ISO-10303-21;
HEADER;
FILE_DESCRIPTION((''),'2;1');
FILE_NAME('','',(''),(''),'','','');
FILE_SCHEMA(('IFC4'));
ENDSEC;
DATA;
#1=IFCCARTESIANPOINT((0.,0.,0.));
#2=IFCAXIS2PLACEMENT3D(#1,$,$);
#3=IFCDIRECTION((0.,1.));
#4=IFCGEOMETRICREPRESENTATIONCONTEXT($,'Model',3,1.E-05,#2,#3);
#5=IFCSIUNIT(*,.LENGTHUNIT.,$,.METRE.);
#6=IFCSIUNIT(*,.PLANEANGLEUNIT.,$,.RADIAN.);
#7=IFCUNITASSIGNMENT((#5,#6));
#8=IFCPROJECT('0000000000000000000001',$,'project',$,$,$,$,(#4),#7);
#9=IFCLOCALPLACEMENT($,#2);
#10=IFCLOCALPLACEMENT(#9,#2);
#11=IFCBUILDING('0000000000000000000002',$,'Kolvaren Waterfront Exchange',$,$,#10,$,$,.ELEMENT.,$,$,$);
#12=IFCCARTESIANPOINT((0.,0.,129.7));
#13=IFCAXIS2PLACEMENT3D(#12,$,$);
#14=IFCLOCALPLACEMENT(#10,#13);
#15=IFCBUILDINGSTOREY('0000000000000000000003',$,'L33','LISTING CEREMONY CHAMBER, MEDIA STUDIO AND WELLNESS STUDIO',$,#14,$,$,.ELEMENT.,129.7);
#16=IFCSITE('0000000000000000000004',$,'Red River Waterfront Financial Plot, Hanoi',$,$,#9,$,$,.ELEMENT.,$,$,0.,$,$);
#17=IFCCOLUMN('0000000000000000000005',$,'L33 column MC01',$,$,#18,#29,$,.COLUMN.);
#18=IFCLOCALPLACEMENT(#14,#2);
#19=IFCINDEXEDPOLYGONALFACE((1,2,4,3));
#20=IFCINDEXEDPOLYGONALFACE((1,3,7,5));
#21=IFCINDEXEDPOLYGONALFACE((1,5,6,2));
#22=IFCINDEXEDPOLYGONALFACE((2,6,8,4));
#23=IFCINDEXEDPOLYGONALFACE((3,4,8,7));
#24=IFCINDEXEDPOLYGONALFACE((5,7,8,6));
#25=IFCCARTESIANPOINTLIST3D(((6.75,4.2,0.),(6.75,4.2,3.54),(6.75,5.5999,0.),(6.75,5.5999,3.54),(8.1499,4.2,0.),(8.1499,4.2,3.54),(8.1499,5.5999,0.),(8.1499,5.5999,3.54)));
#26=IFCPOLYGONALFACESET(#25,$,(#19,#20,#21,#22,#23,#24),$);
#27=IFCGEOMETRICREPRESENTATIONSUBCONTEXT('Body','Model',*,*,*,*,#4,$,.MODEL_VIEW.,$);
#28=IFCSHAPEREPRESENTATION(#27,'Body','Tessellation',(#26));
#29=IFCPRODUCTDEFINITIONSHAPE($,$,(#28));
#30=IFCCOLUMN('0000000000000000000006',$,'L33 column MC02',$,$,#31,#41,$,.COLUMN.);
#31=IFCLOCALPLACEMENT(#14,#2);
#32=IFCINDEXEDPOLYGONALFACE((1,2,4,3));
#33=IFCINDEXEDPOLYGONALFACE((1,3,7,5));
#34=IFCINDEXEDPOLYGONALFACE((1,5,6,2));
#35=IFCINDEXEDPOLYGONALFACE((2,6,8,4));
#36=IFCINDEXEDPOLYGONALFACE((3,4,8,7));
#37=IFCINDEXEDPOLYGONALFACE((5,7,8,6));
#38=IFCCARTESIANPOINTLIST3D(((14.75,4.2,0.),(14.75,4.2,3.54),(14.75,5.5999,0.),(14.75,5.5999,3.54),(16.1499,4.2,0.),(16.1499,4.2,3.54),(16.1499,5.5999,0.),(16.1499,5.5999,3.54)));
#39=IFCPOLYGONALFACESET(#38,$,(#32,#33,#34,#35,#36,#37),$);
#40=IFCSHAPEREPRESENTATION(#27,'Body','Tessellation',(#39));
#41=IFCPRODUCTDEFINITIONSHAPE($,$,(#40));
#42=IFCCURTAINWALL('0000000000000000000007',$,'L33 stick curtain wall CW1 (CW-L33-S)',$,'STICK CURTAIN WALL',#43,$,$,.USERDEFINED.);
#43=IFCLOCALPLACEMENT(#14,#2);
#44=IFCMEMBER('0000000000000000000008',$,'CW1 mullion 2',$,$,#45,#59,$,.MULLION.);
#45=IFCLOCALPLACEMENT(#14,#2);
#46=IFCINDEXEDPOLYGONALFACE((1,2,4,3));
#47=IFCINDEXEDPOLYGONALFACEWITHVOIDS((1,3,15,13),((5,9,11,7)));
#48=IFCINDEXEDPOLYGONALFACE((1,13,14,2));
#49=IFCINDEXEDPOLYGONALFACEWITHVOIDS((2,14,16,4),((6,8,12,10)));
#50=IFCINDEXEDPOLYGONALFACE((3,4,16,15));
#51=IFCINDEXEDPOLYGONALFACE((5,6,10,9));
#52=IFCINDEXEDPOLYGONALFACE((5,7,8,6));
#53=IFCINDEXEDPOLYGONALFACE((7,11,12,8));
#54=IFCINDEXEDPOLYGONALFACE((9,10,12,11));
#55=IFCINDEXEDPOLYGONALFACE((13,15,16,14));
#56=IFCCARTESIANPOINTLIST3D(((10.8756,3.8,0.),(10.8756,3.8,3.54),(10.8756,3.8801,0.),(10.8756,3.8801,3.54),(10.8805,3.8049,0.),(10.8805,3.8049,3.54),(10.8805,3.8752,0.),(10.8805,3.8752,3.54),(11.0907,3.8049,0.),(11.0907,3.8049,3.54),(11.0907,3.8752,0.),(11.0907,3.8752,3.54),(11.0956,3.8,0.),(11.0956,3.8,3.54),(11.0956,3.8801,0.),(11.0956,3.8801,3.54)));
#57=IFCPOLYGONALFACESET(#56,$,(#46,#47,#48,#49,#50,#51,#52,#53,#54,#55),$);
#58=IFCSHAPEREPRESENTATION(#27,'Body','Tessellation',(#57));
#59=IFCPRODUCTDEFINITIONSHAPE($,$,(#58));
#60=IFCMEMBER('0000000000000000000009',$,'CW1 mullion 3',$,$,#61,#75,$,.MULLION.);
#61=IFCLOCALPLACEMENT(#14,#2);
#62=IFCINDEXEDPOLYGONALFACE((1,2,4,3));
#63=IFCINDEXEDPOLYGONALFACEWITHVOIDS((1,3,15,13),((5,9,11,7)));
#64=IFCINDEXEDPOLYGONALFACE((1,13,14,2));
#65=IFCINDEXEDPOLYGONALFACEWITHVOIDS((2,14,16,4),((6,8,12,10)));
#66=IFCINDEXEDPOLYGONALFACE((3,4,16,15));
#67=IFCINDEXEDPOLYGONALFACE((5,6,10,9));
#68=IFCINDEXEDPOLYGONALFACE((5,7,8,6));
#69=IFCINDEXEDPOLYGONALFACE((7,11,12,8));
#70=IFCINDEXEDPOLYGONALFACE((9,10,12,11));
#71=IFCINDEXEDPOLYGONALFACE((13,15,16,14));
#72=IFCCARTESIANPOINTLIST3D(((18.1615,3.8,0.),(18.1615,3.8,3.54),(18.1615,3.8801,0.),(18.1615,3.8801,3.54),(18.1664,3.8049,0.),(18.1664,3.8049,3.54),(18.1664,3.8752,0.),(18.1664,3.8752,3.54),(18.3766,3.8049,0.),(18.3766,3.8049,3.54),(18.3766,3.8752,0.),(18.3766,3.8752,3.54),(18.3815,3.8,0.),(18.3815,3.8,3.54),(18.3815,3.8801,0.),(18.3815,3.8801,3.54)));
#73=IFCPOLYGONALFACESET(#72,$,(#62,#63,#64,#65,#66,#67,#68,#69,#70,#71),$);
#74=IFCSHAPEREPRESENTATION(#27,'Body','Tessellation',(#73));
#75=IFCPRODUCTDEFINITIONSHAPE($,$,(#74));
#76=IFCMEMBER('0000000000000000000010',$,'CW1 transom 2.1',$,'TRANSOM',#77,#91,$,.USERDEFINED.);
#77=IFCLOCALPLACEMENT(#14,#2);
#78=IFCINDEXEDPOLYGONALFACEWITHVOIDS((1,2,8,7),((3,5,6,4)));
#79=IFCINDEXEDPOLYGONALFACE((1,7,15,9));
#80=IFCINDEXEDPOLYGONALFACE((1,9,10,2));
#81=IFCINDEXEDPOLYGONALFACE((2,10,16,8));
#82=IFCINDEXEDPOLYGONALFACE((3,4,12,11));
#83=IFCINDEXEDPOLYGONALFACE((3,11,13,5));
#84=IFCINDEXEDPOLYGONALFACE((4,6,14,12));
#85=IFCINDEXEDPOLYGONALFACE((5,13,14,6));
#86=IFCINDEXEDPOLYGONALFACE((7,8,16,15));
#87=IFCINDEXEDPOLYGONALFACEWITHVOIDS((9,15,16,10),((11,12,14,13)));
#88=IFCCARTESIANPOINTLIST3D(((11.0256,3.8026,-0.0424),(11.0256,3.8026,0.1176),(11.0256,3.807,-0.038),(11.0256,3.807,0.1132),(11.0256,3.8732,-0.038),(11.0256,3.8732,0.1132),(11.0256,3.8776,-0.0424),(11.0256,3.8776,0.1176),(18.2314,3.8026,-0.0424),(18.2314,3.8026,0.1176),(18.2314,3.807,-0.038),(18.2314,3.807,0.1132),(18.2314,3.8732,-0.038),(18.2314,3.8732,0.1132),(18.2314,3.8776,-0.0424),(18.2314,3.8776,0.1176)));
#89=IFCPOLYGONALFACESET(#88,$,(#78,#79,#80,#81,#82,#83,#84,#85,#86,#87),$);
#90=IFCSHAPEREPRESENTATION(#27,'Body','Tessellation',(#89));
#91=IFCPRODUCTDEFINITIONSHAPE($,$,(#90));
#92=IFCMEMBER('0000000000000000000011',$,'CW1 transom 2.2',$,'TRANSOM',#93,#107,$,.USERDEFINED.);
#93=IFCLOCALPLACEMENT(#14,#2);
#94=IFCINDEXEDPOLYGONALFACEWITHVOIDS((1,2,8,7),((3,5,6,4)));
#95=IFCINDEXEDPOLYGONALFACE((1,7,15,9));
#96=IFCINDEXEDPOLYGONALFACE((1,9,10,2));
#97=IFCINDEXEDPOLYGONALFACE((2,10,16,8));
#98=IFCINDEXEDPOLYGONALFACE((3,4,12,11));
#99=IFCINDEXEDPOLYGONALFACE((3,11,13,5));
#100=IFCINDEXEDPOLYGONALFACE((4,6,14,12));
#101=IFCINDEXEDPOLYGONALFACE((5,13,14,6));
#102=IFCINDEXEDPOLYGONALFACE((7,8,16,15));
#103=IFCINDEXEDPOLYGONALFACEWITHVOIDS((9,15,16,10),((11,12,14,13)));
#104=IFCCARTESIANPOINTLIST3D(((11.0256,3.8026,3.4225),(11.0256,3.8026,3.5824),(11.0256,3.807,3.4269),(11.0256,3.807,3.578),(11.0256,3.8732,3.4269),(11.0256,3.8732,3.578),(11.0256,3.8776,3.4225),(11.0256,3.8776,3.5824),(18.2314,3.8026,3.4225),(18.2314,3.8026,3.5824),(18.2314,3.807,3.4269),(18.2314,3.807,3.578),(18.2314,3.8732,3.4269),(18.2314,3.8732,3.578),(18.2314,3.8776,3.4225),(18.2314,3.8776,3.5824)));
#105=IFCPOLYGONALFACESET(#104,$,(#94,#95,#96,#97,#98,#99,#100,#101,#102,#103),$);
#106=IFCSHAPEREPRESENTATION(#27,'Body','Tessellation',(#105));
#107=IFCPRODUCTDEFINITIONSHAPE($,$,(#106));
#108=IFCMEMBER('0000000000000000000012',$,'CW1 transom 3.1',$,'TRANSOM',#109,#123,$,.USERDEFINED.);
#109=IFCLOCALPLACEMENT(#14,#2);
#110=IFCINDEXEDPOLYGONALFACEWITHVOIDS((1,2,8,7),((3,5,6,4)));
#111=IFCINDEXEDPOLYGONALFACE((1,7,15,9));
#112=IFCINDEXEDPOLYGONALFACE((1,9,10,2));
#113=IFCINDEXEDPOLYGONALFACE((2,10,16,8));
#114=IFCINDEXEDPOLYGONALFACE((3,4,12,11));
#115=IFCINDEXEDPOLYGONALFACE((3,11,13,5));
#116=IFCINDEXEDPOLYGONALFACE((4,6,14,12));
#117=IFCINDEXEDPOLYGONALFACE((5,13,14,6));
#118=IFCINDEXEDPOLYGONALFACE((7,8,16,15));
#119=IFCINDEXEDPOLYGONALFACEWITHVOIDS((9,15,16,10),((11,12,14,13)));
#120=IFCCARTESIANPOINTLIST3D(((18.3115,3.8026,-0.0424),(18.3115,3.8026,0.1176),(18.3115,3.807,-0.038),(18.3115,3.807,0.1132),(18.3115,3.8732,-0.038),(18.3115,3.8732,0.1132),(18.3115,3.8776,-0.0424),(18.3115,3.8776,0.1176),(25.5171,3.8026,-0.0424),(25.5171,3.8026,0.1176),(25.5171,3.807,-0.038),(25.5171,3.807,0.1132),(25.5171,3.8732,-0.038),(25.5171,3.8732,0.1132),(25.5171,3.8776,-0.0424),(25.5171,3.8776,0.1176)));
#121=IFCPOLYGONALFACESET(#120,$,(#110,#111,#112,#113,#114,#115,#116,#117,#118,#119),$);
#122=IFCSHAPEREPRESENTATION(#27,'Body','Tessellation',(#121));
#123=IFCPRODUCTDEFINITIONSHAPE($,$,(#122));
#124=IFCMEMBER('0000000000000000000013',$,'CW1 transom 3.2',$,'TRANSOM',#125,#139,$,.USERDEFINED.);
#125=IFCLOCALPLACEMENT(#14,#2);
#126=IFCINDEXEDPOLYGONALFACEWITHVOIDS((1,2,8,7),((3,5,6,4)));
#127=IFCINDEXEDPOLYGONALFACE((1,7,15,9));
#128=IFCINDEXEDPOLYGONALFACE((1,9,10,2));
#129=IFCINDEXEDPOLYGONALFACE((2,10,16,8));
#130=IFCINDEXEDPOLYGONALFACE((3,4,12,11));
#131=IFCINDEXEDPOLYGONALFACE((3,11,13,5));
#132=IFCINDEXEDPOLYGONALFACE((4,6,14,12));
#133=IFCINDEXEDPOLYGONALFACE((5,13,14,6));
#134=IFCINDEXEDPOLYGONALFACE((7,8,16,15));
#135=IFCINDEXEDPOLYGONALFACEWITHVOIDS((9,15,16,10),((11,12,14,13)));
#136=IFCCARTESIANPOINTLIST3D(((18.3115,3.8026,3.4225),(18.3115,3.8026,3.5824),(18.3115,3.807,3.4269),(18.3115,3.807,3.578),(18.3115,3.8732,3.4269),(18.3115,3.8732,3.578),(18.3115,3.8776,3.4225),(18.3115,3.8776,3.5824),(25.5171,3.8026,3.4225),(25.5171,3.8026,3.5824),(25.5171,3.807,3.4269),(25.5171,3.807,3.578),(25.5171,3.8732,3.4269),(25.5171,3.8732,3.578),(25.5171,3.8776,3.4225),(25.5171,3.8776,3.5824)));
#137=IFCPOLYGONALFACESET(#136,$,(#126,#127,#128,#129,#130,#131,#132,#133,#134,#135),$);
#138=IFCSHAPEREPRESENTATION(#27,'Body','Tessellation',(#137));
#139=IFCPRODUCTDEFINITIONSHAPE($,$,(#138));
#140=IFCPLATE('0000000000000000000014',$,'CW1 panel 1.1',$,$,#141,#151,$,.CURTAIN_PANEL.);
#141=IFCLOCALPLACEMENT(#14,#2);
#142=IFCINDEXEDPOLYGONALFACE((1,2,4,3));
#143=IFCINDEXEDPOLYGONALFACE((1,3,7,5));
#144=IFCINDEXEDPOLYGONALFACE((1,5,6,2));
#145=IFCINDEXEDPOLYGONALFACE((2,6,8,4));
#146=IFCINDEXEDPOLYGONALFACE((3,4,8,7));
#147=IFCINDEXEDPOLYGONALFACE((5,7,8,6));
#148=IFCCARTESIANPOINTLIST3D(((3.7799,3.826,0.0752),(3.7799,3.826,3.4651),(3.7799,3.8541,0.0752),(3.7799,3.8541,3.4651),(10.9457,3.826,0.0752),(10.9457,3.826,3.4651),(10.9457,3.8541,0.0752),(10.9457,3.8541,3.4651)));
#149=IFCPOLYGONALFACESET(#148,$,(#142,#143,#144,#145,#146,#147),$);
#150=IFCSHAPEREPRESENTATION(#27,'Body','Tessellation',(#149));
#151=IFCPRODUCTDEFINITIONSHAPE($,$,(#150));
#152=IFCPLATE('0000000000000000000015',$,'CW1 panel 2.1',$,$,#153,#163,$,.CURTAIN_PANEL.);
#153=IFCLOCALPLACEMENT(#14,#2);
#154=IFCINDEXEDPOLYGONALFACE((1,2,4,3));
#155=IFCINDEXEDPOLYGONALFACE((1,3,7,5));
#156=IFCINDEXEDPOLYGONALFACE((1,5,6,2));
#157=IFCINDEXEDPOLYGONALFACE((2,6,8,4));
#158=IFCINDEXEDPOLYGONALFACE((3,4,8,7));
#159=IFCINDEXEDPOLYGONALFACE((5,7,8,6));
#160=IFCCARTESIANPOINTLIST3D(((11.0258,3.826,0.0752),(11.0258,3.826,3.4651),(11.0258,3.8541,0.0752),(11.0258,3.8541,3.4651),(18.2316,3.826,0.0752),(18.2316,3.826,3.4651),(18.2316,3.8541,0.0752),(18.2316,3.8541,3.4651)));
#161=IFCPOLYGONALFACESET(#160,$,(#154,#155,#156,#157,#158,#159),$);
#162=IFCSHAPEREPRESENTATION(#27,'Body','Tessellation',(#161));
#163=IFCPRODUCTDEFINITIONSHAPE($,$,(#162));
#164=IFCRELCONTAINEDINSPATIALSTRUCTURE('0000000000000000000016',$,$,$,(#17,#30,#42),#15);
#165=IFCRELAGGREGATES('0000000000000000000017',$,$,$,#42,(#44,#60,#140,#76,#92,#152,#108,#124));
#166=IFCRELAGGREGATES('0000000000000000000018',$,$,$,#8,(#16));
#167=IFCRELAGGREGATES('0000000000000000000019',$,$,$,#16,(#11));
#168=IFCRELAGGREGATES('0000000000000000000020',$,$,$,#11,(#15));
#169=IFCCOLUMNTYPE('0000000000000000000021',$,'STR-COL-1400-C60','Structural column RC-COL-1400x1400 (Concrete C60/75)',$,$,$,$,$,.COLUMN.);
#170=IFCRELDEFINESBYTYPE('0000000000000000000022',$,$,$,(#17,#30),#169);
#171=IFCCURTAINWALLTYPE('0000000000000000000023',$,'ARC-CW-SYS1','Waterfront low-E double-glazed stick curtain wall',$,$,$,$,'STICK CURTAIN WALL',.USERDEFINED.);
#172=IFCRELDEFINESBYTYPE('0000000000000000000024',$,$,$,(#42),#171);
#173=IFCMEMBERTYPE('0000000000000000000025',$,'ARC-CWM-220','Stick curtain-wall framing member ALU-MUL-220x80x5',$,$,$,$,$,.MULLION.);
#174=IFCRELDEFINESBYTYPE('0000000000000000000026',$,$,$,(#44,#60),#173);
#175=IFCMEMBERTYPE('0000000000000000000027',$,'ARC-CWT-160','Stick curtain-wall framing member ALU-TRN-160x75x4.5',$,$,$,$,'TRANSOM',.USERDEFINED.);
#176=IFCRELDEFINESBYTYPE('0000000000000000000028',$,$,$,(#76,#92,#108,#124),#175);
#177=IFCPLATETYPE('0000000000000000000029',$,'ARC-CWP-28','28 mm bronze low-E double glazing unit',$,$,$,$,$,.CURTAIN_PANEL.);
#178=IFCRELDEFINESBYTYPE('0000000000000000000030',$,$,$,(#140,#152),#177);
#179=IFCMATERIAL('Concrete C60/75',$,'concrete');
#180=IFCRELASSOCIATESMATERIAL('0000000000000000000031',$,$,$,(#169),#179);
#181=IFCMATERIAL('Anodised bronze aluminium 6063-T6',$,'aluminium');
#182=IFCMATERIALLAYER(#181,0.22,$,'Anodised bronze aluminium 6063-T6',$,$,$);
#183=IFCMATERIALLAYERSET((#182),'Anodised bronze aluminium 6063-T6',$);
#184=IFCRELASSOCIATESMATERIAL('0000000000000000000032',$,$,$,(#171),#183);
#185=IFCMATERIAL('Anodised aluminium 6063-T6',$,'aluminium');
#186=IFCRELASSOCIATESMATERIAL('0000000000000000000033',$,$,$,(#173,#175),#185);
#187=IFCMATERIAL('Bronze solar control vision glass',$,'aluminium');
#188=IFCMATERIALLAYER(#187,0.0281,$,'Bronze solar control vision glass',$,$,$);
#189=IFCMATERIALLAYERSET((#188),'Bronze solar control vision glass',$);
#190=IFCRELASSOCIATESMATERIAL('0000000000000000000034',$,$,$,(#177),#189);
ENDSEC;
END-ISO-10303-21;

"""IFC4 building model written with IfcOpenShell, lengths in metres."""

from ifc_helpers import new_model, si_unit, direction, frame, origin, origin_with_axes, origin_2d, place, context, subcontext, project, spatial, rectangle, hollow_rectangle, extrude, source, transform, mapped, material, layer, layer_set, material_profile, profile_set, type_object, element, aggregate, save


model = new_model("IFC4")

# Units and contexts
model_context = context("Model", 3, precision=1e-05, world=origin(), true_north=direction((0.0, 1.0)))
body_context = subcontext(model_context, "Body", "Model", "MODEL_VIEW")
ifc_project = project(units=[si_unit("LENGTHUNIT", "METRE"), si_unit("PLANEANGLEUNIT", "RADIAN")], contexts=[model_context])

# Site, building, storey
site_placement = place(None, origin())
site = spatial("IfcSite", under=ifc_project, at=site_placement, Name="Red River Waterfront Financial Plot, Hanoi", CompositionType="ELEMENT", RefElevation=0.0)
building_placement = place(site_placement, origin())
building = spatial("IfcBuilding", under=site, at=building_placement, Name="Kolvaren Waterfront Exchange", CompositionType="ELEMENT")
storey_placement = place(building_placement, frame((0.0, 0.0, 129.7)))
storey = spatial("IfcBuildingStorey", under=building, at=storey_placement, Name="L33", Description="LISTING CEREMONY CHAMBER, MEDIA STUDIO AND WELLNESS STUDIO", CompositionType="ELEMENT", Elevation=129.7)

# Columns
ifc_material_1 = material(Name="Concrete C60/75", Category="concrete")
ifc_material_profile_1 = material_profile(ifc_material_1, rectangle(XDim=1.3999, YDim=1.3999, at=origin_2d()), Name="RC-COL-1400x1400")
ifc_profile_set_1 = profile_set([ifc_material_profile_1], Name="Concrete C60/75")
column_type = type_object("IfcColumnType", Name="STR-COL-1400-C60", Description="Structural column RC-COL-1400x1400 (Concrete C60/75)", PredefinedType="COLUMN", material=ifc_profile_set_1)
for number, where, z_axis, x_axis, name in (
    (1, (7.45, 4.8999, 0.0), (0.0, 0.0, 1.0), (1.0, 0.0, 0.0), "L33 column MC01"),
    (2, (15.45, 4.8999, 0.0), (0.0, 0.0, 1.0), (1.0, 0.0, 0.0), "L33 column MC02"),
):
    element("IfcColumn", number, at=place(storey_placement, frame(where, z_axis=z_axis, x_axis=x_axis)), inside=storey, type_object=column_type, Name=name, PredefinedType="COLUMN", context=body_context, shape_type="SweptSolid", body=[
        extrude(rectangle(XDim=1.3999, YDim=1.3999, at=origin_2d()), origin(), (0.0, 0.0, 1.0), 3.54),
    ])

# Curtain wall, members, plates
ifc_material_2 = material(Name="Anodised bronze aluminium 6063-T6", Category="aluminium")
ifc_layer_1 = layer(ifc_material_2, 0.22, Name="Anodised bronze aluminium 6063-T6")
ifc_layer_set_1 = layer_set([ifc_layer_1], Name="Anodised bronze aluminium 6063-T6")
curtain_wall_type = type_object("IfcCurtainWallType", Name="ARC-CW-SYS1", Description="Waterfront low-E double-glazed stick curtain wall", ElementType="STICK CURTAIN WALL", PredefinedType="USERDEFINED", material=ifc_layer_set_1)
curtain_wall_placement = place(storey_placement, origin())
curtain_wall = element("IfcCurtainWall", 3, at=curtain_wall_placement, inside=storey, type_object=curtain_wall_type, Name="L33 stick curtain wall CW1 (CW-L33-S)", ObjectType="STICK CURTAIN WALL", PredefinedType="USERDEFINED")
ifc_material_3 = material(Name="Anodised aluminium 6063-T6", Category="aluminium")
ifc_material_profile_2 = material_profile(ifc_material_3, hollow_rectangle(XDim=0.0801, YDim=0.22, WallThickness=0.0049, at=origin_2d()), Name="ALU-MUL-220x80x5")
ifc_profile_set_2 = profile_set([ifc_material_profile_2], Name="Anodised aluminium 6063-T6")
member_type_1 = type_object("IfcMemberType", Name="ARC-CWM-220", Description="Stick curtain-wall framing member ALU-MUL-220x80x5", PredefinedType="MULLION", material=ifc_profile_set_2)
shared_shape_1 = source(origin_with_axes(), body_context, "Body", "SweptSolid", [
    extrude(hollow_rectangle(XDim=0.0801, YDim=0.22, WallThickness=0.0049, at=origin_2d()), origin(), (0.0, 0.0, 1.0), 3.54),
])
member_1_placement = place(storey_placement, frame((10.9856, 3.8401, 0.0), z_axis=(0.0, 0.0, 1.0), x_axis=(0.0, 1.0, 0.0)))
member_1 = element("IfcMember", 4, at=member_1_placement, type_object=member_type_1, Name="CW1 mullion 2", PredefinedType="MULLION", context=body_context, shape_type="MappedRepresentation", body=[
    mapped(shared_shape_1, transform((0.0, 0.0, 0.0), x_axis=(1.0, 0.0, 0.0), y_axis=(0.0, 1.0, 0.0), z_axis=(0.0, 0.0, 1.0), scale=1.0)),
])
member_2_placement = place(storey_placement, frame((18.2715, 3.8401, 0.0), z_axis=(0.0, 0.0, 1.0), x_axis=(0.0, 1.0, 0.0)))
member_2 = element("IfcMember", 5, at=member_2_placement, type_object=member_type_1, Name="CW1 mullion 3", PredefinedType="MULLION", context=body_context, shape_type="MappedRepresentation", body=[
    mapped(shared_shape_1, transform((0.0, 0.0, 0.0), x_axis=(1.0, 0.0, 0.0), y_axis=(0.0, 1.0, 0.0), z_axis=(0.0, 0.0, 1.0), scale=1.0)),
])
ifc_material_profile_3 = material_profile(ifc_material_3, hollow_rectangle(XDim=0.075, YDim=0.1599, WallThickness=0.0044, at=origin_2d()), Name="ALU-TRN-160x75x4.5")
ifc_profile_set_3 = profile_set([ifc_material_profile_3], Name="Anodised aluminium 6063-T6")
member_type_2 = type_object("IfcMemberType", Name="ARC-CWT-160", Description="Stick curtain-wall framing member ALU-TRN-160x75x4.5", ElementType="TRANSOM", PredefinedType="USERDEFINED", material=ifc_profile_set_3)
shared_shape_2 = source(origin_with_axes(), body_context, "Body", "SweptSolid", [
    extrude(hollow_rectangle(XDim=0.075, YDim=0.1599, WallThickness=0.0044, at=origin_2d()), origin(), (0.0, 0.0, 1.0), 7.2058),
])
member_3_placement = place(storey_placement, frame((11.0256, 3.8401, 0.0376), z_axis=(1.0, 0.0, 0.0), x_axis=(0.0, 1.0, 0.0)))
member_3 = element("IfcMember", 6, at=member_3_placement, type_object=member_type_2, Name="CW1 transom 2.1", ObjectType="TRANSOM", PredefinedType="USERDEFINED", context=body_context, shape_type="MappedRepresentation", body=[
    mapped(shared_shape_2, transform((0.0, 0.0, 0.0), x_axis=(1.0, 0.0, 0.0), y_axis=(0.0, 1.0, 0.0), z_axis=(0.0, 0.0, 1.0), scale=1.0)),
])
member_4_placement = place(storey_placement, frame((11.0256, 3.8401, 3.5024), z_axis=(1.0, 0.0, 0.0), x_axis=(0.0, 1.0, 0.0)))
member_4 = element("IfcMember", 7, at=member_4_placement, type_object=member_type_2, Name="CW1 transom 2.2", ObjectType="TRANSOM", PredefinedType="USERDEFINED", context=body_context, shape_type="MappedRepresentation", body=[
    mapped(shared_shape_2, transform((0.0, 0.0, 0.0), x_axis=(1.0, 0.0, 0.0), y_axis=(0.0, 1.0, 0.0), z_axis=(0.0, 0.0, 1.0), scale=1.0)),
])
shared_shape_3 = source(origin_with_axes(), body_context, "Body", "SweptSolid", [
    extrude(hollow_rectangle(XDim=0.075, YDim=0.1599, WallThickness=0.0044, at=origin_2d()), origin(), (0.0, 0.0, 1.0), 7.2056),
])
member_5_placement = place(storey_placement, frame((18.3115, 3.8401, 0.0376), z_axis=(1.0, 0.0, 0.0), x_axis=(0.0, 1.0, 0.0)))
member_5 = element("IfcMember", 8, at=member_5_placement, type_object=member_type_2, Name="CW1 transom 3.1", ObjectType="TRANSOM", PredefinedType="USERDEFINED", context=body_context, shape_type="MappedRepresentation", body=[
    mapped(shared_shape_3, transform((0.0, 0.0, 0.0), x_axis=(1.0, 0.0, 0.0), y_axis=(0.0, 1.0, 0.0), z_axis=(0.0, 0.0, 1.0), scale=1.0)),
])
member_6_placement = place(storey_placement, frame((18.3115, 3.8401, 3.5024), z_axis=(1.0, 0.0, 0.0), x_axis=(0.0, 1.0, 0.0)))
member_6 = element("IfcMember", 9, at=member_6_placement, type_object=member_type_2, Name="CW1 transom 3.2", ObjectType="TRANSOM", PredefinedType="USERDEFINED", context=body_context, shape_type="MappedRepresentation", body=[
    mapped(shared_shape_3, transform((0.0, 0.0, 0.0), x_axis=(1.0, 0.0, 0.0), y_axis=(0.0, 1.0, 0.0), z_axis=(0.0, 0.0, 1.0), scale=1.0)),
])
ifc_material_4 = material(Name="Bronze solar control vision glass", Category="aluminium")
ifc_layer_2 = layer(ifc_material_4, 0.0281, Name="Bronze solar control vision glass")
ifc_layer_set_2 = layer_set([ifc_layer_2], Name="Bronze solar control vision glass")
plate_type = type_object("IfcPlateType", Name="ARC-CWP-28", Description="28 mm bronze low-E double glazing unit", PredefinedType="CURTAIN_PANEL", material=ifc_layer_set_2)
shared_shape_4 = source(origin_with_axes(), body_context, "Body", "SweptSolid", [
    extrude(rectangle(XDim=7.1658, YDim=0.0281, at=origin_2d()), origin(), (0.0, 0.0, 1.0), 3.3899),
])
plate_1_placement = place(storey_placement, frame((7.3628, 3.8401, 0.0752), z_axis=(0.0, 0.0, 1.0), x_axis=(1.0, 0.0, 0.0)))
plate_1 = element("IfcPlate", 10, at=plate_1_placement, type_object=plate_type, Name="CW1 panel 1.1", PredefinedType="CURTAIN_PANEL", context=body_context, shape_type="MappedRepresentation", body=[
    mapped(shared_shape_4, transform((0.0, 0.0, 0.0), x_axis=(1.0, 0.0, 0.0), y_axis=(0.0, 1.0, 0.0), z_axis=(0.0, 0.0, 1.0), scale=1.0)),
])
shared_shape_5 = source(origin_with_axes(), body_context, "Body", "SweptSolid", [
    extrude(rectangle(XDim=7.2058, YDim=0.0281, at=origin_2d()), origin(), (0.0, 0.0, 1.0), 3.3899),
])
plate_2_placement = place(storey_placement, frame((14.6287, 3.8401, 0.0752), z_axis=(0.0, 0.0, 1.0), x_axis=(1.0, 0.0, 0.0)))
plate_2 = element("IfcPlate", 11, at=plate_2_placement, type_object=plate_type, Name="CW1 panel 2.1", PredefinedType="CURTAIN_PANEL", context=body_context, shape_type="MappedRepresentation", body=[
    mapped(shared_shape_5, transform((0.0, 0.0, 0.0), x_axis=(1.0, 0.0, 0.0), y_axis=(0.0, 1.0, 0.0), z_axis=(0.0, 0.0, 1.0), scale=1.0)),
])
aggregate(curtain_wall, [member_1, member_2, plate_1, member_3, member_4, plate_2, member_5, member_6])

save(model, "model.ifc")
